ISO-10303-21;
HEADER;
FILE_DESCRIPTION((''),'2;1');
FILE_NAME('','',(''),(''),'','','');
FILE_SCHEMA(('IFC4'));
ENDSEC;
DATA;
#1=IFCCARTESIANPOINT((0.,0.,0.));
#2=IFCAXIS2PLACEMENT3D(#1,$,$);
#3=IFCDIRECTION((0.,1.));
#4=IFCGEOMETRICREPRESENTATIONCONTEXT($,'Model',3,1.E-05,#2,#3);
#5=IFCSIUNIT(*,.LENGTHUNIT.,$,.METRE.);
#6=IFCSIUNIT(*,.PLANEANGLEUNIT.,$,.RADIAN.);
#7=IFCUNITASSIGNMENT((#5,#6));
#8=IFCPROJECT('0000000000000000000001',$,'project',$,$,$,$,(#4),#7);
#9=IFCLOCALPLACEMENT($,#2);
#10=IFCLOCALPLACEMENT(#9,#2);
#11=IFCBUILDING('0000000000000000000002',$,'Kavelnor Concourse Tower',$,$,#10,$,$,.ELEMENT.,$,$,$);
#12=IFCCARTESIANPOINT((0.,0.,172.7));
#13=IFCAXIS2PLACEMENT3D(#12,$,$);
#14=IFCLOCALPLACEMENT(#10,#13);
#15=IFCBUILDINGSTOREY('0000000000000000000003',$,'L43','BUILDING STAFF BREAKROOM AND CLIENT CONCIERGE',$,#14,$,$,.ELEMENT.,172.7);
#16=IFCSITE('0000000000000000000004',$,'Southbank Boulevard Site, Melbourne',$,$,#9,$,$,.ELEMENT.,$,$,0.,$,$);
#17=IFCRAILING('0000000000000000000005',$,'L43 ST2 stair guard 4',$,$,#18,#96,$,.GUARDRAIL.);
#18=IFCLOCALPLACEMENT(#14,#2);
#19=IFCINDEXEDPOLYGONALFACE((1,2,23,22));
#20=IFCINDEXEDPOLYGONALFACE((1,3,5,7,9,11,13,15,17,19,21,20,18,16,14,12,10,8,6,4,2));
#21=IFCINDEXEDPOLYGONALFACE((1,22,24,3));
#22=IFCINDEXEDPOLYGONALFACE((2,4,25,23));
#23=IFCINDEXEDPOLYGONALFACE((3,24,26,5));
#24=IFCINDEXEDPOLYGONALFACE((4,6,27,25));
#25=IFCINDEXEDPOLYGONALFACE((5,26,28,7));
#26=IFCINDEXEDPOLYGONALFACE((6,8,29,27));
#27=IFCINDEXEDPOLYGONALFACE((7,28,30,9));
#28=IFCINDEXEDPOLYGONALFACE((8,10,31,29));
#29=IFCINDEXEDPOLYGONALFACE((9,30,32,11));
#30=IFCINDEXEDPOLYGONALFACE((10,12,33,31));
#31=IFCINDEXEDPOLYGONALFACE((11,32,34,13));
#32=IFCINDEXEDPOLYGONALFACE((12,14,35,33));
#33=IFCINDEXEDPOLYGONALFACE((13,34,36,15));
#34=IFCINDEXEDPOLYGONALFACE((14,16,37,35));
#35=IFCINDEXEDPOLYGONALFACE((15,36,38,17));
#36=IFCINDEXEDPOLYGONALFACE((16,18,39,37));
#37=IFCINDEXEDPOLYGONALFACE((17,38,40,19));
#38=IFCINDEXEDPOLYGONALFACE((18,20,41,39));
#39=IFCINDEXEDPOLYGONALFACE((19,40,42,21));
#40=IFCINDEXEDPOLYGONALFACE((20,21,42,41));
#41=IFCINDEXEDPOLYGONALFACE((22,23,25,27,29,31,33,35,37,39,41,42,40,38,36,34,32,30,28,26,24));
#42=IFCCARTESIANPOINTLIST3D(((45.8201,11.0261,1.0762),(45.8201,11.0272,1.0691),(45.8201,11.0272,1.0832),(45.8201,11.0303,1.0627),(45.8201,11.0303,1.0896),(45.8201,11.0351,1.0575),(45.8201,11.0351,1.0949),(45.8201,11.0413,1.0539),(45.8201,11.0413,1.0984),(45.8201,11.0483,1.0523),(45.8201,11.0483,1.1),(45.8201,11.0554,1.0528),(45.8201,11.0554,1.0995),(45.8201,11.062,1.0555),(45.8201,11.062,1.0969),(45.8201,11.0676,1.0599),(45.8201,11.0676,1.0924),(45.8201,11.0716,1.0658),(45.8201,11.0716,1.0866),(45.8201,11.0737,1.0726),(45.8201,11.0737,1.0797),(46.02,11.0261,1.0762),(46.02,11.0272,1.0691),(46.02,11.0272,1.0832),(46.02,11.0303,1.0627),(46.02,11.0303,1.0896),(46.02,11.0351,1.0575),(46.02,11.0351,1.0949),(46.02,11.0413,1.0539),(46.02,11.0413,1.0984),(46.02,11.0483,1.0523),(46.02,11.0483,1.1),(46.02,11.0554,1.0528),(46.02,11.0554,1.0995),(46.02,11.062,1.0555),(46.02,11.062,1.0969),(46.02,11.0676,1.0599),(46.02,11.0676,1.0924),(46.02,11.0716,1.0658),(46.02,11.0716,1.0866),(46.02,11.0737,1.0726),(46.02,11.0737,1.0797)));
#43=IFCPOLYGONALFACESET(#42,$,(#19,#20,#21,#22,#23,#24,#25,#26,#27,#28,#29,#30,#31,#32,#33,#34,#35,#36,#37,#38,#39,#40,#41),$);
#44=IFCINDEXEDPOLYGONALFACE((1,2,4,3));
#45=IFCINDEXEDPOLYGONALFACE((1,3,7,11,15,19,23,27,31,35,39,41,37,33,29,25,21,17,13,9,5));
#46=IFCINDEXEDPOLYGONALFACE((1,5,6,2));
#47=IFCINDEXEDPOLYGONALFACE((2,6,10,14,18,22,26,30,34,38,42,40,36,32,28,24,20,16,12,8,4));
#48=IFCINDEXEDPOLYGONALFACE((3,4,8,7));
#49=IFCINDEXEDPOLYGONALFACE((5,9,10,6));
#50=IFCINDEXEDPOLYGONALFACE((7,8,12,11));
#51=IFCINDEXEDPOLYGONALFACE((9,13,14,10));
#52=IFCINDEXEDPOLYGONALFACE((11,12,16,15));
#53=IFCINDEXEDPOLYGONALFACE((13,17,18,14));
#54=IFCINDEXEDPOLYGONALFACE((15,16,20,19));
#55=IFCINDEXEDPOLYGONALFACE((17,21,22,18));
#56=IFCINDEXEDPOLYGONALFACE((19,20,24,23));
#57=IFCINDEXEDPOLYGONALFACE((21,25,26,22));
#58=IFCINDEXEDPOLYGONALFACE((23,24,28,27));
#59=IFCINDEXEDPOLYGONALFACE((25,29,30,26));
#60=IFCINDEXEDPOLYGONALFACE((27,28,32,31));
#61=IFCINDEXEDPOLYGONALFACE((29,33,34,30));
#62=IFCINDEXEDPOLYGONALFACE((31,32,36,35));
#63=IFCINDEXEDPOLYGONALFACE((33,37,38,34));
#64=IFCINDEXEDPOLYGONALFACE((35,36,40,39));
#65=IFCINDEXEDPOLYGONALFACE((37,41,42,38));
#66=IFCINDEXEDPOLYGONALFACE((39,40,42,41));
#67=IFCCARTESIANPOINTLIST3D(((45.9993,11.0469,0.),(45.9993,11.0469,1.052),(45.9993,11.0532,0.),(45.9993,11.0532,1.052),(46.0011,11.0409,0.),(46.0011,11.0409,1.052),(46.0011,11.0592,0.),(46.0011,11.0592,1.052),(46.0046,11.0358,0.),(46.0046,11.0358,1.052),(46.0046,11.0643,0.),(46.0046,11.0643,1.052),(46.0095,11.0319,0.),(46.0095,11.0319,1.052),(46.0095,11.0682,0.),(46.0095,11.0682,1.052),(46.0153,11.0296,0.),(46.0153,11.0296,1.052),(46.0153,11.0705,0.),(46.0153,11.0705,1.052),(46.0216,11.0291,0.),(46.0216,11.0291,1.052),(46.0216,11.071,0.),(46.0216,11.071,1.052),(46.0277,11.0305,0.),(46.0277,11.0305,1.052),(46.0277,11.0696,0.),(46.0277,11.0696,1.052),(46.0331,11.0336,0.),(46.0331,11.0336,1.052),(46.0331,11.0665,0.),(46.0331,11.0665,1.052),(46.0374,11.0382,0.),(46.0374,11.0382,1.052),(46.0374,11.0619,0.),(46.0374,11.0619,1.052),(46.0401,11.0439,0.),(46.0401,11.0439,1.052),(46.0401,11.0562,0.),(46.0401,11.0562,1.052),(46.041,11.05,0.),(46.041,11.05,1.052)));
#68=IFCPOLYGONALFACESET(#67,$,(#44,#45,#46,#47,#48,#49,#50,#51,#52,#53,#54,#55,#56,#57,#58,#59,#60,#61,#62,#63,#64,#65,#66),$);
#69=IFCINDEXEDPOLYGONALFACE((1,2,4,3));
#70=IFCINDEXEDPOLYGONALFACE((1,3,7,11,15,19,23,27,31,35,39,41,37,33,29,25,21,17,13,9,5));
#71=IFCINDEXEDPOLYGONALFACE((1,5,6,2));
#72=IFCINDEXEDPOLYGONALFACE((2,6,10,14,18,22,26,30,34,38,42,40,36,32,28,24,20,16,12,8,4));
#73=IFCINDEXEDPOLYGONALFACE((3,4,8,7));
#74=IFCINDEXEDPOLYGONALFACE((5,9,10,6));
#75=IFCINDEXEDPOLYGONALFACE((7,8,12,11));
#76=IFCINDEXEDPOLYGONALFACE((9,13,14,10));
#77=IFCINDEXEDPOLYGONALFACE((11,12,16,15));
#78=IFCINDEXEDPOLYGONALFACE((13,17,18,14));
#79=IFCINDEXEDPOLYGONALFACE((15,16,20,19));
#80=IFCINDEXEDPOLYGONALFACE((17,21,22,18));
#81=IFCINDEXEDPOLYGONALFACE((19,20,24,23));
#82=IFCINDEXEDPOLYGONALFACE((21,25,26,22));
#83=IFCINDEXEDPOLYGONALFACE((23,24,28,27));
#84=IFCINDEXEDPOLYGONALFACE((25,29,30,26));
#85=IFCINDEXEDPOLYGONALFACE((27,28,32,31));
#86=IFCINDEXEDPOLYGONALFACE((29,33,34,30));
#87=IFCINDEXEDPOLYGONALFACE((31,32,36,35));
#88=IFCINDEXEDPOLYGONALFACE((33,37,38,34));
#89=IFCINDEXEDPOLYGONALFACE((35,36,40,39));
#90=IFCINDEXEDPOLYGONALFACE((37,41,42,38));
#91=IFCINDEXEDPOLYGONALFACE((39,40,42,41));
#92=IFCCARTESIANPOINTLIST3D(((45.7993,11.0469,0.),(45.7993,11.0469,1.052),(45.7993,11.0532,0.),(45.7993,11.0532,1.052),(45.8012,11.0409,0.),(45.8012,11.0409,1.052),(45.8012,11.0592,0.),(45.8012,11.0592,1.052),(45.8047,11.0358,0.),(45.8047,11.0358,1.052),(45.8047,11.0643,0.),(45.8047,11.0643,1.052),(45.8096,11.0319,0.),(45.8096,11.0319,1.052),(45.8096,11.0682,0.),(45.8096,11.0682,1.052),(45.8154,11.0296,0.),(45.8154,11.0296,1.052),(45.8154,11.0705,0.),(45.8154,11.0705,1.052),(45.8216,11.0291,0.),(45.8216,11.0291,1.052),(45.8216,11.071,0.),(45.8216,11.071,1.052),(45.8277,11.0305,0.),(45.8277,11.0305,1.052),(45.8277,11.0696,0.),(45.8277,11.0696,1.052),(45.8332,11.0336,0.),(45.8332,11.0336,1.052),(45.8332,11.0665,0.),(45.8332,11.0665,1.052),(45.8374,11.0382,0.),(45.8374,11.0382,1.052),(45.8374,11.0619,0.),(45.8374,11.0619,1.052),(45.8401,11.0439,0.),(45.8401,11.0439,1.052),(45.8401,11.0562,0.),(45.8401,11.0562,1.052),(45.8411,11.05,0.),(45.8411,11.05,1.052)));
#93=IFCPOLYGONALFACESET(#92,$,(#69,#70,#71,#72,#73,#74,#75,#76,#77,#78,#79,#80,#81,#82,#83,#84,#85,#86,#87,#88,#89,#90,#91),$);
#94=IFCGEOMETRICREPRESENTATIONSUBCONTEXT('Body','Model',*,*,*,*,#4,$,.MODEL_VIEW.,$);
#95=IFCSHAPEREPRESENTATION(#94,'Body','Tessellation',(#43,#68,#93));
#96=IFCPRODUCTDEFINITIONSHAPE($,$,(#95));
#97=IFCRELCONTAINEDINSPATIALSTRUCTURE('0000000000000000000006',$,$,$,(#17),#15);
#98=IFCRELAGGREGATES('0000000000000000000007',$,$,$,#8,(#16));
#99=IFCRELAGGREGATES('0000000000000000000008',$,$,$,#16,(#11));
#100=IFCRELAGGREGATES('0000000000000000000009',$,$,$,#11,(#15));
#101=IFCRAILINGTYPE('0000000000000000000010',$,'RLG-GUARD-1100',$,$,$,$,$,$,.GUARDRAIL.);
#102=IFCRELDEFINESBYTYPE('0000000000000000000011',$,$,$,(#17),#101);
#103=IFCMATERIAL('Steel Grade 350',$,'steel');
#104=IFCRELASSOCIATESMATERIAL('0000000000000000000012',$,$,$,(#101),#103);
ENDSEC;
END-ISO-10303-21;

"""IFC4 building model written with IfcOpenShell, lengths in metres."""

from ifc_helpers import new_model, si_unit, direction, frame, origin, origin_2d, place, context, subcontext, project, spatial, circle, extrude, material, type_object, element, save


model = new_model("IFC4")

# Units and contexts
model_context = context("Model", 3, precision=1e-05, world=origin(), true_north=direction((0.0, 1.0)))
body_context = subcontext(model_context, "Body", "Model", "MODEL_VIEW")
ifc_project = project(units=[si_unit("LENGTHUNIT", "METRE"), si_unit("PLANEANGLEUNIT", "RADIAN")], contexts=[model_context])

# Site, building, storey
site_placement = place(None, origin())
site = spatial("IfcSite", under=ifc_project, at=site_placement, Name="Southbank Boulevard Site, Melbourne", CompositionType="ELEMENT", RefElevation=0.0)
building_placement = place(site_placement, origin())
building = spatial("IfcBuilding", under=site, at=building_placement, Name="Kavelnor Concourse Tower", CompositionType="ELEMENT")
storey_placement = place(building_placement, frame((0.0, 0.0, 172.7)))
storey = spatial("IfcBuildingStorey", under=building, at=storey_placement, Name="L43", Description="BUILDING STAFF BREAKROOM AND CLIENT CONCIERGE", CompositionType="ELEMENT", Elevation=172.7)

# Shared definitions
ifc_material_1 = material(Name="Steel Grade 350", Category="steel")

# Railing
railing_type_1 = type_object("IfcRailingType", Name="RLG-GUARD-1100", PredefinedType="GUARDRAIL", material=ifc_material_1)
railing_1_placement = place(storey_placement, frame((46.02, 11.05, 0.0)))
element("IfcRailing", 1, at=railing_1_placement, inside=storey, type_object=railing_type_1, Name="L43 ST2 stair guard 4", PredefinedType="GUARDRAIL", context=body_context, shape_type="SweptSolid", body=[
    extrude(circle(Radius=0.0239, at=origin_2d()), frame((0.0, 0.0, 1.0762), z_axis=(-1.0, 0.0, 0.0), x_axis=(0.0, -1.0, 0.0)), (0.0, 0.0, 1.0), 0.2),
    extrude(circle(Radius=0.021, at=origin_2d()), origin(), (0.0, 0.0, 1.0), 1.052),
    extrude(circle(Radius=0.021, at=origin_2d()), frame((-0.2, 0.0, 0.0)), (0.0, 0.0, 1.0), 1.052),
])

save(model, "model.ifc")
